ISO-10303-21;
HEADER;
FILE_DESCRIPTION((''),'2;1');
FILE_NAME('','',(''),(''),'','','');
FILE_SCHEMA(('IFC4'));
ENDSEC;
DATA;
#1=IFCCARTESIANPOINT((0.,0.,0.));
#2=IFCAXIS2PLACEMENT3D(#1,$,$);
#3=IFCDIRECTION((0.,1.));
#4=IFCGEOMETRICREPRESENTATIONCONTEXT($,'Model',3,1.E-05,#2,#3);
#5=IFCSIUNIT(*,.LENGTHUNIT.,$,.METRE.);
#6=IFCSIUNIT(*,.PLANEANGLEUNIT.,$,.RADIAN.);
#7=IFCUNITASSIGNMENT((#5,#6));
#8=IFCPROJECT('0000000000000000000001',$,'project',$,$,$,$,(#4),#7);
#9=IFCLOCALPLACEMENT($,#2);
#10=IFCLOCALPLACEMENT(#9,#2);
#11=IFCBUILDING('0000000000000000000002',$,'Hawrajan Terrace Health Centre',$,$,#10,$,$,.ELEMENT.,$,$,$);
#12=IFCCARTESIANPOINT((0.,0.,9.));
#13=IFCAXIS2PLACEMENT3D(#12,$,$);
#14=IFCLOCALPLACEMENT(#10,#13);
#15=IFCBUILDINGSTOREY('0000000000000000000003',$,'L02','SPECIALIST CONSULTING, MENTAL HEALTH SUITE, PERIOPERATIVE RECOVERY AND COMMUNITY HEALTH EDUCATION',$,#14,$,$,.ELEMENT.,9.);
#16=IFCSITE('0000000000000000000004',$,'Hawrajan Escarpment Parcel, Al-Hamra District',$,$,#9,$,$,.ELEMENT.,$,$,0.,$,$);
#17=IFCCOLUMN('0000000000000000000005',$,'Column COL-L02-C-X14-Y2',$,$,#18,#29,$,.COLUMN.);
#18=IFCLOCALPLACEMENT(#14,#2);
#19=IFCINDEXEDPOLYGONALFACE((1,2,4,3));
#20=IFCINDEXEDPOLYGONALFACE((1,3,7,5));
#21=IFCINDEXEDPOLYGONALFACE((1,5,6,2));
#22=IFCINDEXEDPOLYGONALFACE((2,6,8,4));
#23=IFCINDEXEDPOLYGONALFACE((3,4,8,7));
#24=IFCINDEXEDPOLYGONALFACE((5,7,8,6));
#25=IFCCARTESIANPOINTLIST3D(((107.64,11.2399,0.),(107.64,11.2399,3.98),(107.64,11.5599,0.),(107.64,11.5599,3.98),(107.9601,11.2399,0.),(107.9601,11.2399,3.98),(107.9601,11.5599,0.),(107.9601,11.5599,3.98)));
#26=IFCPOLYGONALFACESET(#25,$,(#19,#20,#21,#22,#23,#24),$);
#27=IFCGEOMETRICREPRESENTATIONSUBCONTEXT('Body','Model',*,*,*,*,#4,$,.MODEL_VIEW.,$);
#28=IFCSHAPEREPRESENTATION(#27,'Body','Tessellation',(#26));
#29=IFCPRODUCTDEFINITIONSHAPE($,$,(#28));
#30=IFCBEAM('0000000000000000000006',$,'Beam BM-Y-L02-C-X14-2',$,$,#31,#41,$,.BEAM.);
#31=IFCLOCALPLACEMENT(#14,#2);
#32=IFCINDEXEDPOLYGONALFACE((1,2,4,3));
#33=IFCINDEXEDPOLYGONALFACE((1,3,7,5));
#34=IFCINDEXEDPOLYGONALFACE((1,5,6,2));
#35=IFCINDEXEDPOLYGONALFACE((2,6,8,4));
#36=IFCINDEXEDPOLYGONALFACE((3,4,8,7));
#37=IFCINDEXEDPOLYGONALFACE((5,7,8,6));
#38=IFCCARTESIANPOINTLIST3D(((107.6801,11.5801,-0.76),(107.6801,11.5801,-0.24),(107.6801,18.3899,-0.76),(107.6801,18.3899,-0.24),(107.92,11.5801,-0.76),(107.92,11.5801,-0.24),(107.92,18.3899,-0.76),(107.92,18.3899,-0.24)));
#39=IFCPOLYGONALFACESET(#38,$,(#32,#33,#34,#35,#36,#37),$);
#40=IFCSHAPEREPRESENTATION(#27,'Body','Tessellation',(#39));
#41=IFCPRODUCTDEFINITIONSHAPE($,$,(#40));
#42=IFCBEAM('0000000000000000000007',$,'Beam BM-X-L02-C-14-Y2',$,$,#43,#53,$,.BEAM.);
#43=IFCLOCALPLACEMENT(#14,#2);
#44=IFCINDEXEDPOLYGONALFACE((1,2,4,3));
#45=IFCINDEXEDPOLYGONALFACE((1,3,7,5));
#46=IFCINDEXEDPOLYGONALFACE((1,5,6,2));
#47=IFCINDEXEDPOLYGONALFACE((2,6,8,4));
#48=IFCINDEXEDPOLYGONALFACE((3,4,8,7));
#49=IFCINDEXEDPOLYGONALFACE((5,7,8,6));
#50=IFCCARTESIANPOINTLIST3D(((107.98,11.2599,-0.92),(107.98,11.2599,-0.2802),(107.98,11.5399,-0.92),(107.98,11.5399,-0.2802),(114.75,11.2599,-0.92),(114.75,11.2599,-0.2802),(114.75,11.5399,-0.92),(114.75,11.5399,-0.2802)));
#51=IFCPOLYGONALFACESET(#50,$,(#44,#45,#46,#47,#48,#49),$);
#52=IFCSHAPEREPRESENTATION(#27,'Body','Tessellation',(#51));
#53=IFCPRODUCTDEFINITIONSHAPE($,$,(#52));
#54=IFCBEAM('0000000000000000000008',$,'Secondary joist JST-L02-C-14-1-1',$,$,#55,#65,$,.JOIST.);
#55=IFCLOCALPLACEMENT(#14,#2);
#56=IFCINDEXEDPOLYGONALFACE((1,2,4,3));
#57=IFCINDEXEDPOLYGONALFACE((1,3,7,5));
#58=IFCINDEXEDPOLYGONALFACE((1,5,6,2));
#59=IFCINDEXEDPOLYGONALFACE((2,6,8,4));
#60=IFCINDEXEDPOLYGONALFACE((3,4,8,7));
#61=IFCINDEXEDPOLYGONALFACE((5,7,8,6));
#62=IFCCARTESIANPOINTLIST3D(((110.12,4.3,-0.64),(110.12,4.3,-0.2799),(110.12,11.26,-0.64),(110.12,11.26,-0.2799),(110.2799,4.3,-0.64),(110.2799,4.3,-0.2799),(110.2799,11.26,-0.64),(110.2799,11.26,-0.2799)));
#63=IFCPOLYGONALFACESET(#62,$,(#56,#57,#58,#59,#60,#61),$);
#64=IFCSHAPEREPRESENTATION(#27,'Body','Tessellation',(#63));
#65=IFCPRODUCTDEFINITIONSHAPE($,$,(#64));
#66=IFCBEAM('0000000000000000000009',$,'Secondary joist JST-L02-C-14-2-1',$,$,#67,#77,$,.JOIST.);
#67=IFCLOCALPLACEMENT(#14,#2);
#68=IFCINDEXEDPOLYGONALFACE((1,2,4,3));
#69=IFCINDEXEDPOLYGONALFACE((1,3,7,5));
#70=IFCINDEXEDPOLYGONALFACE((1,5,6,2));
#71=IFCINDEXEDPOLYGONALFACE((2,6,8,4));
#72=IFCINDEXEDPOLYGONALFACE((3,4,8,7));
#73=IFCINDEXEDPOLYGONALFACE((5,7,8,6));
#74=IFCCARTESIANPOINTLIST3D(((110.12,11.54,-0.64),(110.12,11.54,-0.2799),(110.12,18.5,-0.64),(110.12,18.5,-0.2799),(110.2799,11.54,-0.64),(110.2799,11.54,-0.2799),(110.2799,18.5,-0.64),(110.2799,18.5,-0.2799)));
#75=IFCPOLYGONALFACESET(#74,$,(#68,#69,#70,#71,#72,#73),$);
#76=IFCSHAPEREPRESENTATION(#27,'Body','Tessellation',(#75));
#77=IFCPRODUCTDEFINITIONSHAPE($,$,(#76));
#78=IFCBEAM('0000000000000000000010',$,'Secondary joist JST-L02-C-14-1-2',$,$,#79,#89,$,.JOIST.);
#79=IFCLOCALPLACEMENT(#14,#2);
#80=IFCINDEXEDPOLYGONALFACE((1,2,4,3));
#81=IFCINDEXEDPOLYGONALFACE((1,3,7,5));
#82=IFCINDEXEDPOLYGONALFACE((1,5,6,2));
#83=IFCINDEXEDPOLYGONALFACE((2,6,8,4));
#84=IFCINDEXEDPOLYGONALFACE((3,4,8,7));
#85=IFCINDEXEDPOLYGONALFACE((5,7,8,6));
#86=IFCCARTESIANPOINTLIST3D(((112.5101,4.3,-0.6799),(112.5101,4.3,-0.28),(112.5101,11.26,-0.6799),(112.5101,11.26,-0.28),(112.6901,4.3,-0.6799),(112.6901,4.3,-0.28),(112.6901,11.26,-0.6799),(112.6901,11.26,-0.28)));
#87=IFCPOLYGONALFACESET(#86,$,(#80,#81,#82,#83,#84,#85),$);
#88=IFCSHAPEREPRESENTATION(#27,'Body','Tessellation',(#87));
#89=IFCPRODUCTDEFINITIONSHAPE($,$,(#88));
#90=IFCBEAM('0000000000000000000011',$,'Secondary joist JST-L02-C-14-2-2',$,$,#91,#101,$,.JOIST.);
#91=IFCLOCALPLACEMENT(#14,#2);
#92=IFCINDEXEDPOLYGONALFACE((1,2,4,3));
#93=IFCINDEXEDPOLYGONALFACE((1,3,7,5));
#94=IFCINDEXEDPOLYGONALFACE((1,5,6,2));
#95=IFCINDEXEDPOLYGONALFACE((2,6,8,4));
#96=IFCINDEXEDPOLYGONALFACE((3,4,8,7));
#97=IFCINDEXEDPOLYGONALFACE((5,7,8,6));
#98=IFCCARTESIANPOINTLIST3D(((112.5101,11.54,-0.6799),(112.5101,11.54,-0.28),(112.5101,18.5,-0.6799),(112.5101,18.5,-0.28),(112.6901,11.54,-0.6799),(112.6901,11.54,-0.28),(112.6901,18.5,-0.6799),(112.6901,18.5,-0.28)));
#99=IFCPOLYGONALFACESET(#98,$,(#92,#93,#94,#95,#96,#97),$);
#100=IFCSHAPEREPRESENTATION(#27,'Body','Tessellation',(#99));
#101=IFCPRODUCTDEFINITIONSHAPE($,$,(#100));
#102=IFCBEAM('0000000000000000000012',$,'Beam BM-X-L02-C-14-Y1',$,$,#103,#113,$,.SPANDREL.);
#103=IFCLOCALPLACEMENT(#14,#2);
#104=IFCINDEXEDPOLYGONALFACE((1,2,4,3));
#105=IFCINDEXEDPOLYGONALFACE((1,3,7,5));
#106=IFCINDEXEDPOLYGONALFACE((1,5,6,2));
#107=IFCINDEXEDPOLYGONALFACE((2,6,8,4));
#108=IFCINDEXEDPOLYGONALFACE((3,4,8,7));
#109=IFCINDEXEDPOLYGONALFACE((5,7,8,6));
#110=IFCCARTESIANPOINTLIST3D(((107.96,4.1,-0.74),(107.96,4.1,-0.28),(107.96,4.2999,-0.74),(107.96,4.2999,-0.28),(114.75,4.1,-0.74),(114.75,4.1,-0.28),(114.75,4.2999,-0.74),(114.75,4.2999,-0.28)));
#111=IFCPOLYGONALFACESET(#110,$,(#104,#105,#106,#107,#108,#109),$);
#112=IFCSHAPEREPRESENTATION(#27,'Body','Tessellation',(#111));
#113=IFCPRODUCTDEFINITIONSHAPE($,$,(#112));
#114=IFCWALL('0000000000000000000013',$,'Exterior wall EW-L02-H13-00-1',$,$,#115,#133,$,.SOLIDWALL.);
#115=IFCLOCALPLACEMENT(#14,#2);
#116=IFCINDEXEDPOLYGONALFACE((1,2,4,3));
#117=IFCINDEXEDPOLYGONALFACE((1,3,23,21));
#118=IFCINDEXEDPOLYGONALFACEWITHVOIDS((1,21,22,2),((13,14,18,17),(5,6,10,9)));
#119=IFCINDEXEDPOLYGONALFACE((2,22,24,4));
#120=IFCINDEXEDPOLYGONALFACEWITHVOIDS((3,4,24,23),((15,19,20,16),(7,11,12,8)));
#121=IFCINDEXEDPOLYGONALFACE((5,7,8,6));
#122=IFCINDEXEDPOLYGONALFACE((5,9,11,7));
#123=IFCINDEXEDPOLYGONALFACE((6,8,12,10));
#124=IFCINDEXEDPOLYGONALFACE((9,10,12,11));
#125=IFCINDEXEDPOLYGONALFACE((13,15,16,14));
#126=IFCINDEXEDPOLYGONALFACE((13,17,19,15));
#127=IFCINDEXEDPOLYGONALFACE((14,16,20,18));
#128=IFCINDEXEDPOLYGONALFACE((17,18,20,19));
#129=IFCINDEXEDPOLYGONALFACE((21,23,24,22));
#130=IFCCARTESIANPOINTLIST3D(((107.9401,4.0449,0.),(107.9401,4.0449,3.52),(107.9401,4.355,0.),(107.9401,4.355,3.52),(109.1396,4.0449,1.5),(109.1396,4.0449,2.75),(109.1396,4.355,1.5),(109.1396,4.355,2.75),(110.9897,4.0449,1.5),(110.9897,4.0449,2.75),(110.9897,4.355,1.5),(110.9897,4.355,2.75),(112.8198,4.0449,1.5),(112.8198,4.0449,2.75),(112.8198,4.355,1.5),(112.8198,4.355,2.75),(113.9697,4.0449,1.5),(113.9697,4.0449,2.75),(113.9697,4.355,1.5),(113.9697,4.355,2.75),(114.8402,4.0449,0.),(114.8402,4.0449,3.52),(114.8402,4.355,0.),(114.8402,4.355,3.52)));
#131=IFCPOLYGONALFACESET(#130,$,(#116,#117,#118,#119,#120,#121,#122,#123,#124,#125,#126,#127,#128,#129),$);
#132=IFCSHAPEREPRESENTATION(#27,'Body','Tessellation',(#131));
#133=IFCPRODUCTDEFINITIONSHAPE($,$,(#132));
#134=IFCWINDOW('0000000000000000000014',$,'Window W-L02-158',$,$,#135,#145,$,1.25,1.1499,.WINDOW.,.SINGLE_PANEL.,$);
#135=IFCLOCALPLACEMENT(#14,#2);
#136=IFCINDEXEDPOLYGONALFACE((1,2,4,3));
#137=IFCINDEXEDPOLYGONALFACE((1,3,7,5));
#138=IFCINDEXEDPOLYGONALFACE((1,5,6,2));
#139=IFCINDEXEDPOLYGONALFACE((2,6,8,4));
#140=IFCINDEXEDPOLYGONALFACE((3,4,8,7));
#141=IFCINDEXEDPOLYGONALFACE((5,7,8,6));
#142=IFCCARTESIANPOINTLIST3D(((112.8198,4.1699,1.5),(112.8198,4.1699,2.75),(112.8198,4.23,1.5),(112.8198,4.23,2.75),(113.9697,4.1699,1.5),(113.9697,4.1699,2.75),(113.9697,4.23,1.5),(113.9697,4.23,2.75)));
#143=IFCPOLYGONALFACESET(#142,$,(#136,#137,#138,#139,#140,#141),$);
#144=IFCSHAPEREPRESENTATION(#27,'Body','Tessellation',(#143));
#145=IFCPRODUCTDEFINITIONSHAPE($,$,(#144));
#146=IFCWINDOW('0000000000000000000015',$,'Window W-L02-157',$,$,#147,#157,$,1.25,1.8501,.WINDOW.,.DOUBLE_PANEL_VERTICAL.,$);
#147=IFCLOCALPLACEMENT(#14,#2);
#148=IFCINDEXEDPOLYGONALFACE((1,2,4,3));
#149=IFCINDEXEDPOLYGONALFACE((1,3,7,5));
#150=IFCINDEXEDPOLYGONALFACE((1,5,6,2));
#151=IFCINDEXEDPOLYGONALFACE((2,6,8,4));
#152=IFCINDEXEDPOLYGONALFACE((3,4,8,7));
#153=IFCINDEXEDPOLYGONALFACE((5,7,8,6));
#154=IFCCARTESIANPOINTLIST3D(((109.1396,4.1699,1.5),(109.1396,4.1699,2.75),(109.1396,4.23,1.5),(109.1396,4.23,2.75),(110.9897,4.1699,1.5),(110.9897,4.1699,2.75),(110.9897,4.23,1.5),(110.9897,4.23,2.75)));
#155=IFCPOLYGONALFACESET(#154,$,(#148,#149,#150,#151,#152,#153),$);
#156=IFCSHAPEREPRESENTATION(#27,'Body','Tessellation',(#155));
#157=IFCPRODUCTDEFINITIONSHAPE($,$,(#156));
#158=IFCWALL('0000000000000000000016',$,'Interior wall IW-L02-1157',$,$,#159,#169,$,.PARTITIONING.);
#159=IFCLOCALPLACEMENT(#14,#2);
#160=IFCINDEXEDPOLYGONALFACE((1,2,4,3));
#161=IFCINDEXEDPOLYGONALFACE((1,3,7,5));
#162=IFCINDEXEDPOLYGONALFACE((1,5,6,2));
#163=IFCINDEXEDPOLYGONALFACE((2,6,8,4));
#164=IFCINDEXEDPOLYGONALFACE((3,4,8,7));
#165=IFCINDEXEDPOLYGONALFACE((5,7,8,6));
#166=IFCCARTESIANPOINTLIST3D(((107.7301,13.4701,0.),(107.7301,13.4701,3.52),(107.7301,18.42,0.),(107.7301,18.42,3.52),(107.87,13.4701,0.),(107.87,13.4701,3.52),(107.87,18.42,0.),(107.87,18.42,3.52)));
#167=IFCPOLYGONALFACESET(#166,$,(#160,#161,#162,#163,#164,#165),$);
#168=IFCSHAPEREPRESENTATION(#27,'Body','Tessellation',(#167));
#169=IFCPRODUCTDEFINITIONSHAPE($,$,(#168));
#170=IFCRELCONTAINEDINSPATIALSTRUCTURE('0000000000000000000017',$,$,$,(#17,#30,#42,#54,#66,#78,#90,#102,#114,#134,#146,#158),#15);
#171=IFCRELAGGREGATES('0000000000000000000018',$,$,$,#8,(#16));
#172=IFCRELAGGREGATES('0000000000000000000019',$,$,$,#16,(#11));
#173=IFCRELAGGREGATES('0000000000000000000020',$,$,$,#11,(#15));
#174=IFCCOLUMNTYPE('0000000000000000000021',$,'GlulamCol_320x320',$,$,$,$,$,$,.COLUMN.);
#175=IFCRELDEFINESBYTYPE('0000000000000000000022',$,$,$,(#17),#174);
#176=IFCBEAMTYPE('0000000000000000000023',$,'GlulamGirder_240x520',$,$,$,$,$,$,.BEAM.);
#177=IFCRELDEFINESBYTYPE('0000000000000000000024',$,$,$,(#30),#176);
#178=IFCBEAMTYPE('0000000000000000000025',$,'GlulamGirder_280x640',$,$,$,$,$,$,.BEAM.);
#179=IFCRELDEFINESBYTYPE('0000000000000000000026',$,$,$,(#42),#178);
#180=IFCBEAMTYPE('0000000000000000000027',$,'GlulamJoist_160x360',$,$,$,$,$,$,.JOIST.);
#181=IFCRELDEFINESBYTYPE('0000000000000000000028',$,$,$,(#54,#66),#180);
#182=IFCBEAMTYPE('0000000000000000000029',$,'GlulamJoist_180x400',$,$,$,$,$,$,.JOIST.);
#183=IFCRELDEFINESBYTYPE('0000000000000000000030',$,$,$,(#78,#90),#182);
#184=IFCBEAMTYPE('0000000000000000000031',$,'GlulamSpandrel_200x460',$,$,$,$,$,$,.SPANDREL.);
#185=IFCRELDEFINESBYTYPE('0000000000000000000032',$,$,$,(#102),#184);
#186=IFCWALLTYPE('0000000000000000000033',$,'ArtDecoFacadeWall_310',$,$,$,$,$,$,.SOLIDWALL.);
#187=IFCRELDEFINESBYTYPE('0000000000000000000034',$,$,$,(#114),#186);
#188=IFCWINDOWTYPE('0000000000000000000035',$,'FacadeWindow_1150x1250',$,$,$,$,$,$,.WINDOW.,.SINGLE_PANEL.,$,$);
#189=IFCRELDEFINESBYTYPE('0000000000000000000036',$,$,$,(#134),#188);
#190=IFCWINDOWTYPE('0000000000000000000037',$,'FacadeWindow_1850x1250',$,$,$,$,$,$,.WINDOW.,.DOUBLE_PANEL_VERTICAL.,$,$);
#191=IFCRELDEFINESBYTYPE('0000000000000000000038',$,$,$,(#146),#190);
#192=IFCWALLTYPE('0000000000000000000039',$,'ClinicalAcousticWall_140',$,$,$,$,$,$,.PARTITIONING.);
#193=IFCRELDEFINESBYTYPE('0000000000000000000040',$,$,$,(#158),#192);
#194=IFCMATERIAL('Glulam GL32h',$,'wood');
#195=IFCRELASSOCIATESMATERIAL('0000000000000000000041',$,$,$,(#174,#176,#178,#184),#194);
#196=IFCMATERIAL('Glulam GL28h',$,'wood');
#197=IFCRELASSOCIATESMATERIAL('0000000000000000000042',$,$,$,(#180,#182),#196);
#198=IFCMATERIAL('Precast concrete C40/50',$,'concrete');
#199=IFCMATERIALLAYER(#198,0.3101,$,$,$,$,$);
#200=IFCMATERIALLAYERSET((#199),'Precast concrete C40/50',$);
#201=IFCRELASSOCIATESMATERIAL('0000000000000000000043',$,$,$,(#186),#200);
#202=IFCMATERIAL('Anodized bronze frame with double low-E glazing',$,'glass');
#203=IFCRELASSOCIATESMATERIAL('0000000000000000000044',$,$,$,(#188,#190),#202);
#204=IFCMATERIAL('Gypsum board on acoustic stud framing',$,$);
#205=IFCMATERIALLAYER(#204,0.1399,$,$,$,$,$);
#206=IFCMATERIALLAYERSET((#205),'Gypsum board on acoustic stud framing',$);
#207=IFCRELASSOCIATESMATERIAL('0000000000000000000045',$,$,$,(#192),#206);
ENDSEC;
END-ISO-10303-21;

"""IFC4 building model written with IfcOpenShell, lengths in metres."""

from ifc_helpers import new_model, si_unit, direction, frame, frame_2d, origin, origin_2d, place, context, subcontext, project, spatial, rectangle, extrude, material, layer, layer_set, material_profile, profile_set, type_object, element, fill, save


model = new_model("IFC4")

# Units and contexts
model_context = context("Model", 3, precision=1e-05, world=origin(), true_north=direction((0.0, 1.0)))
body_context = subcontext(model_context, "Body", "Model", "MODEL_VIEW")
ifc_project = project(units=[si_unit("LENGTHUNIT", "METRE"), si_unit("PLANEANGLEUNIT", "RADIAN")], contexts=[model_context])

# Site, building, storey
site_placement = place(None, origin())
site = spatial("IfcSite", under=ifc_project, at=site_placement, Name="Hawrajan Escarpment Parcel, Al-Hamra District", CompositionType="ELEMENT", RefElevation=0.0)
building_placement = place(site_placement, origin())
building = spatial("IfcBuilding", under=site, at=building_placement, Name="Hawrajan Terrace Health Centre", CompositionType="ELEMENT")
storey_placement = place(building_placement, frame((0.0, 0.0, 9.0)))
storey = spatial("IfcBuildingStorey", under=building, at=storey_placement, Name="L02", Description="SPECIALIST CONSULTING, MENTAL HEALTH SUITE, PERIOPERATIVE RECOVERY AND COMMUNITY HEALTH EDUCATION", CompositionType="ELEMENT", Elevation=9.0)

# Column
ifc_material_1 = material(Name="Glulam GL32h", Category="wood")
ifc_material_profile_1 = material_profile(ifc_material_1, rectangle(XDim=0.3201, YDim=0.3201, at=origin_2d()), Name="GL 320x320")
ifc_profile_set_1 = profile_set([ifc_material_profile_1], Name="Glulam GL32h")
column_type = type_object("IfcColumnType", Name="GlulamCol_320x320", PredefinedType="COLUMN", material=ifc_profile_set_1)
column_placement = place(storey_placement, frame((107.8, 11.3999, 0.0), z_axis=(0.0, 0.0, 1.0), x_axis=(1.0, 0.0, 0.0)))
element("IfcColumn", 1, at=column_placement, inside=storey, type_object=column_type, Name="Column COL-L02-C-X14-Y2", PredefinedType="COLUMN", context=body_context, shape_type="SweptSolid", body=[
    extrude(rectangle(XDim=0.3201, YDim=0.3201, at=origin_2d()), origin(), (0.0, 0.0, 1.0), 3.98),
])

# Beams
ifc_material_profile_2 = material_profile(ifc_material_1, rectangle(XDim=0.24, YDim=0.52, at=origin_2d()), Name="GL BM 240x520")
ifc_profile_set_2 = profile_set([ifc_material_profile_2], Name="Glulam GL32h")
beam_type_1 = type_object("IfcBeamType", Name="GlulamGirder_240x520", PredefinedType="BEAM", material=ifc_profile_set_2)
beam_1_placement = place(storey_placement, frame((107.8, 11.5801, -0.5), z_axis=(0.0, 1.0, 0.0), x_axis=(-1.0, 0.0, 0.0)))
element("IfcBeam", 2, at=beam_1_placement, inside=storey, type_object=beam_type_1, Name="Beam BM-Y-L02-C-X14-2", PredefinedType="BEAM", context=body_context, shape_type="SweptSolid", body=[
    extrude(rectangle(XDim=0.24, YDim=0.52, at=origin_2d()), origin(), (0.0, 0.0, 1.0), 6.8098),
])
ifc_material_profile_3 = material_profile(ifc_material_1, rectangle(XDim=0.28, YDim=0.6399, at=origin_2d()), Name="GL BM 280x640")
ifc_profile_set_3 = profile_set([ifc_material_profile_3], Name="Glulam GL32h")
beam_type_2 = type_object("IfcBeamType", Name="GlulamGirder_280x640", PredefinedType="BEAM", material=ifc_profile_set_3)
beam_2_placement = place(storey_placement, frame((107.98, 11.3999, -0.6001), z_axis=(1.0, 0.0, 0.0), x_axis=(0.0, 1.0, 0.0)))
element("IfcBeam", 3, at=beam_2_placement, inside=storey, type_object=beam_type_2, Name="Beam BM-X-L02-C-14-Y2", PredefinedType="BEAM", context=body_context, shape_type="SweptSolid", body=[
    extrude(rectangle(XDim=0.28, YDim=0.6399, at=origin_2d()), origin(), (0.0, 0.0, 1.0), 6.77),
])
ifc_material_2 = material(Name="Glulam GL28h", Category="wood")
ifc_material_profile_4 = material_profile(ifc_material_2, rectangle(XDim=0.1599, YDim=0.3601, at=origin_2d()), Name="GL JST 160x360")
ifc_profile_set_4 = profile_set([ifc_material_profile_4], Name="Glulam GL28h")
beam_type_3 = type_object("IfcBeamType", Name="GlulamJoist_160x360", PredefinedType="JOIST", material=ifc_profile_set_4)
for number, where, z_axis, x_axis, name in (
    (4, (110.2, 4.3, -0.46), (0.0, 1.0, 0.0), (-1.0, 0.0, 0.0), "Secondary joist JST-L02-C-14-1-1"),
    (5, (110.2, 11.54, -0.46), (0.0, 1.0, 0.0), (-1.0, 0.0, 0.0), "Secondary joist JST-L02-C-14-2-1"),
):
    element("IfcBeam", number, at=place(storey_placement, frame(where, z_axis=z_axis, x_axis=x_axis)), inside=storey, type_object=beam_type_3, Name=name, PredefinedType="JOIST", context=body_context, shape_type="SweptSolid", body=[
        extrude(rectangle(XDim=0.1599, YDim=0.3601, at=origin_2d()), origin(), (0.0, 0.0, 1.0), 6.96),
    ])
ifc_material_profile_5 = material_profile(ifc_material_2, rectangle(XDim=0.1799, YDim=0.3999, at=origin_2d()), Name="GL JST 180x400")
ifc_profile_set_5 = profile_set([ifc_material_profile_5], Name="Glulam GL28h")
beam_type_4 = type_object("IfcBeamType", Name="GlulamJoist_180x400", PredefinedType="JOIST", material=ifc_profile_set_5)
for number, where, z_axis, x_axis, name in (
    (6, (112.6001, 4.3, -0.48), (0.0, 1.0, 0.0), (-1.0, 0.0, 0.0), "Secondary joist JST-L02-C-14-1-2"),
    (7, (112.6001, 11.54, -0.48), (0.0, 1.0, 0.0), (-1.0, 0.0, 0.0), "Secondary joist JST-L02-C-14-2-2"),
):
    element("IfcBeam", number, at=place(storey_placement, frame(where, z_axis=z_axis, x_axis=x_axis)), inside=storey, type_object=beam_type_4, Name=name, PredefinedType="JOIST", context=body_context, shape_type="SweptSolid", body=[
        extrude(rectangle(XDim=0.1799, YDim=0.3999, at=origin_2d()), origin(), (0.0, 0.0, 1.0), 6.96),
    ])
ifc_material_profile_6 = material_profile(ifc_material_1, rectangle(XDim=0.2, YDim=0.46, at=origin_2d()), Name="GL SP 200x460")
ifc_profile_set_6 = profile_set([ifc_material_profile_6], Name="Glulam GL32h")
beam_type_5 = type_object("IfcBeamType", Name="GlulamSpandrel_200x460", PredefinedType="SPANDREL", material=ifc_profile_set_6)
beam_3_placement = place(storey_placement, frame((107.96, 4.2, -0.51), z_axis=(1.0, 0.0, 0.0), x_axis=(0.0, 1.0, 0.0)))
element("IfcBeam", 8, at=beam_3_placement, inside=storey, type_object=beam_type_5, Name="Beam BM-X-L02-C-14-Y1", PredefinedType="SPANDREL", context=body_context, shape_type="SweptSolid", body=[
    extrude(rectangle(XDim=0.2, YDim=0.46, at=origin_2d()), origin(), (0.0, 0.0, 1.0), 6.79),
])

# Wall, openings, windows
ifc_material_3 = material(Name="Precast concrete C40/50", Category="concrete")
ifc_layer_1 = layer(ifc_material_3, 0.3101)
ifc_layer_set_1 = layer_set([ifc_layer_1], Name="Precast concrete C40/50")
wall_type_1 = type_object("IfcWallType", Name="ArtDecoFacadeWall_310", PredefinedType="SOLIDWALL", material=ifc_layer_set_1)
wall_1_placement = place(storey_placement, frame((107.9399, 4.2, 0.0), z_axis=(0.0, 0.0, 1.0), x_axis=(1.0, 0.0, 0.0)))
wall_1 = element("IfcWall", 9, at=wall_1_placement, inside=storey, type_object=wall_type_1, Name="Exterior wall EW-L02-H13-00-1", PredefinedType="SOLIDWALL", context=body_context, shape_type="SweptSolid", body=[
    extrude(rectangle(XDim=6.9001, YDim=0.3101, at=frame_2d((3.4502, 0.0))), origin(), (0.0, 0.0, 1.0), 3.52),
])
opening_1_placement = place(wall_1_placement, frame((1.1997, 0.0, 1.5)))
opening_1 = element("IfcOpeningElement", 10, at=opening_1_placement, cuts=wall_1, PredefinedType="OPENING", context=body_context, shape_type="SweptSolid", body=[
    extrude(rectangle(XDim=1.8501, YDim=1.25, at=frame_2d((0.925, 0.625))), frame((0.0, 0.165, 0.0), z_axis=(0.0, -1.0, 0.0), x_axis=(1.0, 0.0, 0.0)), (0.0, 0.0, 1.0), 0.3301),
])
opening_2_placement = place(wall_1_placement, frame((4.8799, 0.0, 1.5)))
opening_2 = element("IfcOpeningElement", 11, at=opening_2_placement, cuts=wall_1, PredefinedType="OPENING", context=body_context, shape_type="SweptSolid", body=[
    extrude(rectangle(XDim=1.1499, YDim=1.25, at=frame_2d((0.575, 0.625))), frame((0.0, 0.165, 0.0), z_axis=(0.0, -1.0, 0.0), x_axis=(1.0, 0.0, 0.0)), (0.0, 0.0, 1.0), 0.3301),
])
ifc_material_4 = material(Name="Anodized bronze frame with double low-E glazing", Category="glass")
window_type_1 = type_object("IfcWindowType", Name="FacadeWindow_1150x1250", PartitioningType="SINGLE_PANEL", PredefinedType="WINDOW", material=ifc_material_4)
window_1_placement = place(opening_2_placement, origin())
window_1 = element("IfcWindow", 12, at=window_1_placement, inside=storey, type_object=window_type_1, Name="Window W-L02-158", OverallHeight=1.25, OverallWidth=1.1499, PartitioningType="SINGLE_PANEL", PredefinedType="WINDOW", context=body_context, shape_type="SweptSolid", body=[
    extrude(rectangle(XDim=1.1499, YDim=1.25, at=frame_2d((0.575, 0.625))), frame((0.0, 0.03, 0.0), z_axis=(0.0, -1.0, 0.0), x_axis=(1.0, 0.0, 0.0)), (0.0, 0.0, 1.0), 0.0601),
])
fill(opening_2, window_1)
window_type_2 = type_object("IfcWindowType", Name="FacadeWindow_1850x1250", PartitioningType="DOUBLE_PANEL_VERTICAL", PredefinedType="WINDOW", material=ifc_material_4)
window_2_placement = place(opening_1_placement, origin())
window_2 = element("IfcWindow", 13, at=window_2_placement, inside=storey, type_object=window_type_2, Name="Window W-L02-157", OverallHeight=1.25, OverallWidth=1.8501, PartitioningType="DOUBLE_PANEL_VERTICAL", PredefinedType="WINDOW", context=body_context, shape_type="SweptSolid", body=[
    extrude(rectangle(XDim=1.8501, YDim=1.25, at=frame_2d((0.925, 0.625))), frame((0.0, 0.03, 0.0), z_axis=(0.0, -1.0, 0.0), x_axis=(1.0, 0.0, 0.0)), (0.0, 0.0, 1.0), 0.0601),
])
fill(opening_1, window_2)

# Wall
ifc_material_5 = material(Name="Gypsum board on acoustic stud framing")
ifc_layer_2 = layer(ifc_material_5, 0.1399)
ifc_layer_set_2 = layer_set([ifc_layer_2], Name="Gypsum board on acoustic stud framing")
wall_type_2 = type_object("IfcWallType", Name="ClinicalAcousticWall_140", PredefinedType="PARTITIONING", material=ifc_layer_set_2)
wall_2_placement = place(storey_placement, frame((107.8, 13.47, 0.0), z_axis=(0.0, 0.0, 1.0), x_axis=(0.0, 1.0, 0.0)))
element("IfcWall", 14, at=wall_2_placement, inside=storey, type_object=wall_type_2, Name="Interior wall IW-L02-1157", PredefinedType="PARTITIONING", context=body_context, shape_type="SweptSolid", body=[
    extrude(rectangle(XDim=4.95, YDim=0.1399, at=frame_2d((2.4751, 0.0))), origin(), (0.0, 0.0, 1.0), 3.52),
])

save(model, "model.ifc")
